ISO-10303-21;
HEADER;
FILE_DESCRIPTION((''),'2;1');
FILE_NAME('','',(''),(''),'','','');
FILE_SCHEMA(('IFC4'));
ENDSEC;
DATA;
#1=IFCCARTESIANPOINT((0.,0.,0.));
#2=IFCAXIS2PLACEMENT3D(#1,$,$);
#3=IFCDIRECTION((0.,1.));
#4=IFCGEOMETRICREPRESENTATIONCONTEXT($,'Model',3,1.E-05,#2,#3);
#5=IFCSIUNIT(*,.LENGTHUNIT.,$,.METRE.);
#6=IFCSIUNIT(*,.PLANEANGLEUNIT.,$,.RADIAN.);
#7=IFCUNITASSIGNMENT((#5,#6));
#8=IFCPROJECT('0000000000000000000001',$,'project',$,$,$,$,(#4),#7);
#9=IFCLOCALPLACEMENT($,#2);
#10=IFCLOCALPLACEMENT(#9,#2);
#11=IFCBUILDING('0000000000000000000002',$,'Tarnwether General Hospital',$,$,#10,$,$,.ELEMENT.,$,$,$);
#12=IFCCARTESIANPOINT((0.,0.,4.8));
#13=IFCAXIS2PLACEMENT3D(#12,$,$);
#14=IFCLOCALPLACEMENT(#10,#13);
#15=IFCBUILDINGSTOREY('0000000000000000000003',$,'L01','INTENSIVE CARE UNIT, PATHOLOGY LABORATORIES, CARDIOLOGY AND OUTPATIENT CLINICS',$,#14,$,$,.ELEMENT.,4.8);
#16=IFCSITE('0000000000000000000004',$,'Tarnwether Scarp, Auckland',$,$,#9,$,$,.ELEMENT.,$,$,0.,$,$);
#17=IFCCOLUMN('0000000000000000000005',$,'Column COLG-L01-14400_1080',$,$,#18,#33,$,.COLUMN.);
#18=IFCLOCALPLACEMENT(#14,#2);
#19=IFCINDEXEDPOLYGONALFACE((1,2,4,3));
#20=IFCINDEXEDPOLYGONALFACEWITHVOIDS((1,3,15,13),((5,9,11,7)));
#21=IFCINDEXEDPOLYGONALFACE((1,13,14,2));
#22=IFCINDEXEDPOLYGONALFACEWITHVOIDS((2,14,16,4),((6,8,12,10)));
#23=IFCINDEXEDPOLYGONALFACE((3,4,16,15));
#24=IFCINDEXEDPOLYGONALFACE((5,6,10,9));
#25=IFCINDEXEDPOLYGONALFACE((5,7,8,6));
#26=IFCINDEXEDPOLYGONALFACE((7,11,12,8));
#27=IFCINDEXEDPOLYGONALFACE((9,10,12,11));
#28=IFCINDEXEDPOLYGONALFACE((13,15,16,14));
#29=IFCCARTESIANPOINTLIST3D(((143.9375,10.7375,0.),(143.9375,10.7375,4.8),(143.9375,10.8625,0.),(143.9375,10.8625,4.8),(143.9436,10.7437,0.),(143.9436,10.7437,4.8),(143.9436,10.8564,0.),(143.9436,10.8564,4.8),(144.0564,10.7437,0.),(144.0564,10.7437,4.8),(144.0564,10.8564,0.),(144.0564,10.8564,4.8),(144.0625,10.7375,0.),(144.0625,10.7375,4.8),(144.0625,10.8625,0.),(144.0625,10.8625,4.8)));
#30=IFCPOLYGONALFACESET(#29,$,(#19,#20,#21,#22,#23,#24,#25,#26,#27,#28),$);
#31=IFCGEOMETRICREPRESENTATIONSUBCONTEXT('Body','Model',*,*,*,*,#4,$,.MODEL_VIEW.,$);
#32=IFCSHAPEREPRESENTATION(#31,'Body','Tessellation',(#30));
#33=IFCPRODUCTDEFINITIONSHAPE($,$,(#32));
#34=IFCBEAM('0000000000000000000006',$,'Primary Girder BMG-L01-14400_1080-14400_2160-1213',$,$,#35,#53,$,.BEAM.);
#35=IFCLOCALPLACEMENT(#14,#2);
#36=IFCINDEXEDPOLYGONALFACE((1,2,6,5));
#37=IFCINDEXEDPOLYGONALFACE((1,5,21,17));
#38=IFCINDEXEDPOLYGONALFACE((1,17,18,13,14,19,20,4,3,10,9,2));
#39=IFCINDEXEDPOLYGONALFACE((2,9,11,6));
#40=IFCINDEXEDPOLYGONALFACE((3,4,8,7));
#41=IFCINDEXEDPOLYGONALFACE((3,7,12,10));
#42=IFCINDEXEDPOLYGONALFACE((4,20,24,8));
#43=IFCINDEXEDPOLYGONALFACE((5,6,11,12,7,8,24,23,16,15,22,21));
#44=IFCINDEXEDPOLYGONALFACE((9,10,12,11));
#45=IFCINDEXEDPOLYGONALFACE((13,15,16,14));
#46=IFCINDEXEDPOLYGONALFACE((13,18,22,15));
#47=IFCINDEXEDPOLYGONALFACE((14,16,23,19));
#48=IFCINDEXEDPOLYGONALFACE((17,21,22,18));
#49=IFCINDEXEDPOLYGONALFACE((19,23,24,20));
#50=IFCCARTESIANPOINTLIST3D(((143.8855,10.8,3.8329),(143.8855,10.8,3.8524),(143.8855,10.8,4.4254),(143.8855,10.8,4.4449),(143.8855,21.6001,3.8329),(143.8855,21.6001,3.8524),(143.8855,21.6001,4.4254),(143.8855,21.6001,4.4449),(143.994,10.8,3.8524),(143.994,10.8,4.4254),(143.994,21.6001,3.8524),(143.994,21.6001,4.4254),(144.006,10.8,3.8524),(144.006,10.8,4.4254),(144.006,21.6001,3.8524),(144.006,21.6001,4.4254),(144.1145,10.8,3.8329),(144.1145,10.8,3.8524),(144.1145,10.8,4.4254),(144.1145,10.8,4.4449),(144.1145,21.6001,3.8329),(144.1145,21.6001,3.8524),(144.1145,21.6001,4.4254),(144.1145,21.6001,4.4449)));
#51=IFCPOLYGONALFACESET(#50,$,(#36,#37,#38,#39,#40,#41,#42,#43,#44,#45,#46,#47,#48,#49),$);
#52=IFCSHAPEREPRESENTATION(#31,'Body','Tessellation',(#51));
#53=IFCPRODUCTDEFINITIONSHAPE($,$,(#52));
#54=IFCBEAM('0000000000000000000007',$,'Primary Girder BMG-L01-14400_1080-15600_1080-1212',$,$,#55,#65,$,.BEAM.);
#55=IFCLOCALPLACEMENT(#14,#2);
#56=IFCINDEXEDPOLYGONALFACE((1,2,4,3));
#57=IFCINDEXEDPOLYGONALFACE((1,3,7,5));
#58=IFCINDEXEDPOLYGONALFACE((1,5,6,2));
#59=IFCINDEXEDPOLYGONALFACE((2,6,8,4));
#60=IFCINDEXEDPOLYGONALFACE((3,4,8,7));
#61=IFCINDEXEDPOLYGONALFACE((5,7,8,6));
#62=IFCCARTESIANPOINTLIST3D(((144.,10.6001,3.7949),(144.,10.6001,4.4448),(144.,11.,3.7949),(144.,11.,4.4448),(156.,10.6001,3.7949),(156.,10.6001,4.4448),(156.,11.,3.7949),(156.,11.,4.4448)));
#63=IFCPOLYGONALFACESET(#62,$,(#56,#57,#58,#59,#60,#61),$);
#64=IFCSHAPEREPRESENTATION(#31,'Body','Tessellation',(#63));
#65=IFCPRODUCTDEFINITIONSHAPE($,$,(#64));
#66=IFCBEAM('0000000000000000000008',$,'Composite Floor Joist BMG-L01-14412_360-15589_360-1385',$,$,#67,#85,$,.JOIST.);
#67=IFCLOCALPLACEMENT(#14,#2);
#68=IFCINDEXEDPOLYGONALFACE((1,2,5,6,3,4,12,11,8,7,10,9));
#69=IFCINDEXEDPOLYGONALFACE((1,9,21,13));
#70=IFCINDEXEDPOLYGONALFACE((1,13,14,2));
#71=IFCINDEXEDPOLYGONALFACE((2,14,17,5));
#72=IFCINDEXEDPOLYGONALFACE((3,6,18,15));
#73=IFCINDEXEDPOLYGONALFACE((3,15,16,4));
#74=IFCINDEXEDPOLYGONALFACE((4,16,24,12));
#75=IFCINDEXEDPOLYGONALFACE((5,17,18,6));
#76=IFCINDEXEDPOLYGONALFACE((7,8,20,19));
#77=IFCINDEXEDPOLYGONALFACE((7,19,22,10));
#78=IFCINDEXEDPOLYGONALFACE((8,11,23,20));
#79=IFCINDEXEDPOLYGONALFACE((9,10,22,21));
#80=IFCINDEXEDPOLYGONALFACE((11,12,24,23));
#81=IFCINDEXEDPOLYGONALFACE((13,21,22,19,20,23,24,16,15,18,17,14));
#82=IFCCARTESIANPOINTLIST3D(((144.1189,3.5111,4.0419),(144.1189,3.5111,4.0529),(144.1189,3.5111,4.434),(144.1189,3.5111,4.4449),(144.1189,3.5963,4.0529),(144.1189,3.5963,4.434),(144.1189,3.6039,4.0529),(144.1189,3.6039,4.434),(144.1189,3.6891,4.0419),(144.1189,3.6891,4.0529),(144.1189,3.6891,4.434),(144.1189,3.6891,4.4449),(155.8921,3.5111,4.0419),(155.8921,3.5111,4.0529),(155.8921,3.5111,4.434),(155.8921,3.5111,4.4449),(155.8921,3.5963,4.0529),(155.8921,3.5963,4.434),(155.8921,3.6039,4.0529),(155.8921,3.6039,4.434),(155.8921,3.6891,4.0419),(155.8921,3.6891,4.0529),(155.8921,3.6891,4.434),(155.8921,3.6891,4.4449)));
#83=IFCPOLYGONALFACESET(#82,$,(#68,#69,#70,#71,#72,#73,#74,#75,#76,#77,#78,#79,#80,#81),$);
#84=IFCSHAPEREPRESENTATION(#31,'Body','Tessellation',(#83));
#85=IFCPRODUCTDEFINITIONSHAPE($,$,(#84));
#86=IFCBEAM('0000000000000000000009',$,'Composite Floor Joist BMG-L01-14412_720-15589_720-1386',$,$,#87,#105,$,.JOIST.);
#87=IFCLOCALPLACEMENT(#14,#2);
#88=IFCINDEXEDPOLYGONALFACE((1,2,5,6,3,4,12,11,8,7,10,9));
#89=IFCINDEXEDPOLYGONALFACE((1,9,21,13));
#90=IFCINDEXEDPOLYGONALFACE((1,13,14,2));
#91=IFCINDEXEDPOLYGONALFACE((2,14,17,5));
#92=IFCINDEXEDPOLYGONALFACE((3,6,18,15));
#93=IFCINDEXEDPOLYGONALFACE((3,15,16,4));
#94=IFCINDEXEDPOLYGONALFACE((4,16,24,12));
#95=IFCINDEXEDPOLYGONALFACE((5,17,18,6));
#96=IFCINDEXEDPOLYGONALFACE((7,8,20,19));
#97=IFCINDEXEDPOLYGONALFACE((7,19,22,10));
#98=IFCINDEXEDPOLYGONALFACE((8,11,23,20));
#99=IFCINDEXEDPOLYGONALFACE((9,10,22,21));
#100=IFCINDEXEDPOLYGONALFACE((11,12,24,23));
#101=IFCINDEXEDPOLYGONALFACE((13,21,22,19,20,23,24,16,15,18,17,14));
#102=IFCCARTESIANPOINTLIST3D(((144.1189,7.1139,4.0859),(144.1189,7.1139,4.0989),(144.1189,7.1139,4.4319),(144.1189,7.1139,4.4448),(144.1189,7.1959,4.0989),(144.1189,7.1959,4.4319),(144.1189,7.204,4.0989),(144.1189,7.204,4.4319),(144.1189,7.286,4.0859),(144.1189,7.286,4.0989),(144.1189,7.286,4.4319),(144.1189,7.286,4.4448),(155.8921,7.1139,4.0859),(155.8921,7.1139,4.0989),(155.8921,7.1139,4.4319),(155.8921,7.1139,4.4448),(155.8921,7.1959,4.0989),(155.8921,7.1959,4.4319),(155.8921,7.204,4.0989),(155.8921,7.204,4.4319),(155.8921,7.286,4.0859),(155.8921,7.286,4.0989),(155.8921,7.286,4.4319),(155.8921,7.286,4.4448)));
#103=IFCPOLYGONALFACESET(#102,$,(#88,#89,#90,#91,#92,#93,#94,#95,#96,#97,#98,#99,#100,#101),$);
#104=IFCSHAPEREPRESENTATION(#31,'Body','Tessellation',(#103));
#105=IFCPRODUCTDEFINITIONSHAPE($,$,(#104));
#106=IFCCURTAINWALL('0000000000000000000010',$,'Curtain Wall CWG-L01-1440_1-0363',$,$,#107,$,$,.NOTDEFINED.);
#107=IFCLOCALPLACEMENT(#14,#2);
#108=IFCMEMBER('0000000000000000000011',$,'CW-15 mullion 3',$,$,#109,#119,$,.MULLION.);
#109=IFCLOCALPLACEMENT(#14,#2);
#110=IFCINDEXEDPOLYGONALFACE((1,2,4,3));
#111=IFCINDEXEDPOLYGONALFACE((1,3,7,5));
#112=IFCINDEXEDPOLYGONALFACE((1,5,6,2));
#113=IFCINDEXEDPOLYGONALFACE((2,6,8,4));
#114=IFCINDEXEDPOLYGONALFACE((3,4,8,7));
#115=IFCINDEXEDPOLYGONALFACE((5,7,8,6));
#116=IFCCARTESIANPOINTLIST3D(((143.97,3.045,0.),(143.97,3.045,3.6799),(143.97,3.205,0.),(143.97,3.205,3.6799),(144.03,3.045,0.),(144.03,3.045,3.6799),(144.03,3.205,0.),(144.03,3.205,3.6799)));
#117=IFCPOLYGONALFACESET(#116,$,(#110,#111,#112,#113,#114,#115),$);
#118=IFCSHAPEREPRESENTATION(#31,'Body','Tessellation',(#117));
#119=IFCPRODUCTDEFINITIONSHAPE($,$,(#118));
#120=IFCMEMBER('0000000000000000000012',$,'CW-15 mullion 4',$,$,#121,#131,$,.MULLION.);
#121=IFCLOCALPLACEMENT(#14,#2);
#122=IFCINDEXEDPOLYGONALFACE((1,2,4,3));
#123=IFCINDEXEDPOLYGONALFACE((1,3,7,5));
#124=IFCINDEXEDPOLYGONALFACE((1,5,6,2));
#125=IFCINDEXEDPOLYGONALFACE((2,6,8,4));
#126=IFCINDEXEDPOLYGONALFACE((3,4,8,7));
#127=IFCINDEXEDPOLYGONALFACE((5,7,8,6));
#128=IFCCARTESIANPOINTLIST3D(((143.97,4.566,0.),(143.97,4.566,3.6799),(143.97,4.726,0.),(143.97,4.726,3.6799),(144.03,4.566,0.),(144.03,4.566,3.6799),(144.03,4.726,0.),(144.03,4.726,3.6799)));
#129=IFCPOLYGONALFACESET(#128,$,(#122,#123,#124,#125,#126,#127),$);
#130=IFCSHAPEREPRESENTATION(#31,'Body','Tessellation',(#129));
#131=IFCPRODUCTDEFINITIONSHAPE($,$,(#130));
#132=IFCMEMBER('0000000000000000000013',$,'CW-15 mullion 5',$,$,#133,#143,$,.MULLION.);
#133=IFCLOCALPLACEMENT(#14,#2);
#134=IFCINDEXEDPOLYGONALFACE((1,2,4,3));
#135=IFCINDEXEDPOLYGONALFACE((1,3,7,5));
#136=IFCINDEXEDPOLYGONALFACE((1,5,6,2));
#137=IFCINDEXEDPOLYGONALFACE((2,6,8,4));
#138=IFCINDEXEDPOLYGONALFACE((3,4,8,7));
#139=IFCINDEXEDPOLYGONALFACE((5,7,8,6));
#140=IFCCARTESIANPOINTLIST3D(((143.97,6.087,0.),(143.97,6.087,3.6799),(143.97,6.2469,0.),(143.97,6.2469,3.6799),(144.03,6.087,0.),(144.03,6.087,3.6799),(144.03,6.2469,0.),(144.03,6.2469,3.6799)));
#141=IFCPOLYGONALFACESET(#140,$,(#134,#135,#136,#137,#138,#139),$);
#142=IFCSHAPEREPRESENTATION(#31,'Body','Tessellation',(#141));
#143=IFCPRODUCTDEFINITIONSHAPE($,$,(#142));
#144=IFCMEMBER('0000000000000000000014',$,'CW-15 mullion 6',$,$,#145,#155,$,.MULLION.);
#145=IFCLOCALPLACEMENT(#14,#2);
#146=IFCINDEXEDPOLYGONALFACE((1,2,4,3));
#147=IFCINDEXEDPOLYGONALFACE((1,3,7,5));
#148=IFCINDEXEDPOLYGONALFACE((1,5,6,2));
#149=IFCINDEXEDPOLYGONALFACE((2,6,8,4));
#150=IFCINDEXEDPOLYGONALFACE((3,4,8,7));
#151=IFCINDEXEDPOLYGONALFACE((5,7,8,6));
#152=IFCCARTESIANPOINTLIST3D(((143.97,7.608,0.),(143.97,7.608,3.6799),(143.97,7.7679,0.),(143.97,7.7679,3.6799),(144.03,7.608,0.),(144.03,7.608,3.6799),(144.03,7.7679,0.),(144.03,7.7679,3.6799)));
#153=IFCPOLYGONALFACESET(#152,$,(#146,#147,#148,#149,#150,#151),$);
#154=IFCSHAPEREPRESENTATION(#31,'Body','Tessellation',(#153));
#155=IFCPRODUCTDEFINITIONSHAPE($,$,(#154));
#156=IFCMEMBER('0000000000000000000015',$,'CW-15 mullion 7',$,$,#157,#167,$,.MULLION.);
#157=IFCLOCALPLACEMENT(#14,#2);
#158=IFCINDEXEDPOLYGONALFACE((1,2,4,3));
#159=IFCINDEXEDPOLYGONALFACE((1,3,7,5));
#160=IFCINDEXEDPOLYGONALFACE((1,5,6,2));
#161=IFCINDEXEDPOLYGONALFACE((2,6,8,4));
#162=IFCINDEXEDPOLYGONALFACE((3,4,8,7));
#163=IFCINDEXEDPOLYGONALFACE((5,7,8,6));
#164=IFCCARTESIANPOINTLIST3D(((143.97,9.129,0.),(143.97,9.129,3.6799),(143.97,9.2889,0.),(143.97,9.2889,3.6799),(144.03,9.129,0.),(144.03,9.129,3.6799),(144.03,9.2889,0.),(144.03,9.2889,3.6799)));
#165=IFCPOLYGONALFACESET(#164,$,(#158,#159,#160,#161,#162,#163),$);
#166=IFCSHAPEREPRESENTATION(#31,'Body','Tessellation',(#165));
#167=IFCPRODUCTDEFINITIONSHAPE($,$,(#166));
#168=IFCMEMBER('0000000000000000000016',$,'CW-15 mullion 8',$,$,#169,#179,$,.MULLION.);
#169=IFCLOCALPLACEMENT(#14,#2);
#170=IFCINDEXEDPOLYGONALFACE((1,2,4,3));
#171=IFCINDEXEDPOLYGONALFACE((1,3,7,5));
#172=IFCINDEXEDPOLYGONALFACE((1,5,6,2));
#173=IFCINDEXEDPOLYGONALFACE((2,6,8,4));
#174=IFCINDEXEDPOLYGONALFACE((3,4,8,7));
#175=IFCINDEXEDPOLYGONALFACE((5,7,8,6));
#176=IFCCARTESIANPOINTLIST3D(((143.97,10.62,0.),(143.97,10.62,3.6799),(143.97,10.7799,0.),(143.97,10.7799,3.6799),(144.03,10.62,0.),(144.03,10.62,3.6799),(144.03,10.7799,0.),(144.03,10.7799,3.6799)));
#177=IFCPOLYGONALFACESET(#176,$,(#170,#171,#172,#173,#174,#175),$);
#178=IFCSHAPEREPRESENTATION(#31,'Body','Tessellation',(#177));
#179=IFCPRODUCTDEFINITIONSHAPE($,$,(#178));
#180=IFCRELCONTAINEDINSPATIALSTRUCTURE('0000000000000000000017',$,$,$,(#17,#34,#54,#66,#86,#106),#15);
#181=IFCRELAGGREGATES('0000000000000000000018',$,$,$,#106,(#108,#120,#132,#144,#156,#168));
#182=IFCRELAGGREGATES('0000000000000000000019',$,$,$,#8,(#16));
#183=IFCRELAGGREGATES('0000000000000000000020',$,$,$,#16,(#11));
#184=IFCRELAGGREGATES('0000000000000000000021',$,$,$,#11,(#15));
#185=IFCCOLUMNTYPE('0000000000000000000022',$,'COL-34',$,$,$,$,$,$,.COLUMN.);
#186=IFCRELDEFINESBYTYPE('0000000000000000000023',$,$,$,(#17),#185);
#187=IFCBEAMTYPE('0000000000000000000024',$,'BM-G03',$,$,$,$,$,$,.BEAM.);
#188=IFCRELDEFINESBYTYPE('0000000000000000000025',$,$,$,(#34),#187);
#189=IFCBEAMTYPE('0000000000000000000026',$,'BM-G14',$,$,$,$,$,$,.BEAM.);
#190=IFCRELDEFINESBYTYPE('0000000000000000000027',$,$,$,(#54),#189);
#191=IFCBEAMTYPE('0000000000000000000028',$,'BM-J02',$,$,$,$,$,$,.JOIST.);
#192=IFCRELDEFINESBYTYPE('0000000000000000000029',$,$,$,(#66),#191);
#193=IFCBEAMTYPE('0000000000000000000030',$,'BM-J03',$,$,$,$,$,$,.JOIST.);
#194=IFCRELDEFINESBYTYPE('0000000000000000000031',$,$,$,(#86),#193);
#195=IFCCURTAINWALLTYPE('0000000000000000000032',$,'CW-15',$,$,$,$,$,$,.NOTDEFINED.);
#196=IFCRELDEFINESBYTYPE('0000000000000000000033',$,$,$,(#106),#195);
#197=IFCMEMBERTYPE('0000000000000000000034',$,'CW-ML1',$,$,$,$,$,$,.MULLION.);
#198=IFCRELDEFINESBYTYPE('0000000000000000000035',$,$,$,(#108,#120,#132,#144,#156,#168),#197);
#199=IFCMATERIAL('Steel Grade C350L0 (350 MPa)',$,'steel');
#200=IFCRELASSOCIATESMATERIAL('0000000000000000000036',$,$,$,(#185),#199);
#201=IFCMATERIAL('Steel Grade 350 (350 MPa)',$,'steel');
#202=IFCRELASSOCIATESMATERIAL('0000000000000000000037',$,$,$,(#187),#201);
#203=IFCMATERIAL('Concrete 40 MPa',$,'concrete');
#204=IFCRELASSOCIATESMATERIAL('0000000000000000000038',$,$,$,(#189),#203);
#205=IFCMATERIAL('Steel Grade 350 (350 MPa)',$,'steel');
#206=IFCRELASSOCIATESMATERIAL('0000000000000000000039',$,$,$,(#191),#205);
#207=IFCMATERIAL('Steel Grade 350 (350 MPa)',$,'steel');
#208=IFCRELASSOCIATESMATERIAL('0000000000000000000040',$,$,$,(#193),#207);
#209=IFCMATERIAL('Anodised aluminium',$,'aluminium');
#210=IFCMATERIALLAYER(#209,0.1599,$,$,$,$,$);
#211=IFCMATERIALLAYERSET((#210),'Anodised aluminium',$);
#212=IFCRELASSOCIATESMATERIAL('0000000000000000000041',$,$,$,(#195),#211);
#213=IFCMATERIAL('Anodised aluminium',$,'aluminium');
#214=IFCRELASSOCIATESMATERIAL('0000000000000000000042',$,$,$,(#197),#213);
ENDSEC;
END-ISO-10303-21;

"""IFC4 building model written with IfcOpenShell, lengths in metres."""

from ifc_helpers import new_model, si_unit, direction, frame, origin, origin_2d, place, context, subcontext, project, spatial, rectangle, hollow_rectangle, i_section, extrude, material, layer, layer_set, material_profile, profile_set, type_object, element, aggregate, save


model = new_model("IFC4")

# Units and contexts
model_context = context("Model", 3, precision=1e-05, world=origin(), true_north=direction((0.0, 1.0)))
body_context = subcontext(model_context, "Body", "Model", "MODEL_VIEW")
ifc_project = project(units=[si_unit("LENGTHUNIT", "METRE"), si_unit("PLANEANGLEUNIT", "RADIAN")], contexts=[model_context])

# Site, building, storey
site_placement = place(None, origin())
site = spatial("IfcSite", under=ifc_project, at=site_placement, Name="Tarnwether Scarp, Auckland", CompositionType="ELEMENT", RefElevation=0.0)
building_placement = place(site_placement, origin())
building = spatial("IfcBuilding", under=site, at=building_placement, Name="Tarnwether General Hospital", CompositionType="ELEMENT")
storey_placement = place(building_placement, frame((0.0, 0.0, 4.8)))
storey = spatial("IfcBuildingStorey", under=building, at=storey_placement, Name="L01", Description="INTENSIVE CARE UNIT, PATHOLOGY LABORATORIES, CARDIOLOGY AND OUTPATIENT CLINICS", CompositionType="ELEMENT", Elevation=4.8)

# Column
ifc_material_1 = material(Name="Steel Grade C350L0 (350 MPa)", Category="steel")
ifc_material_profile_1 = material_profile(ifc_material_1, hollow_rectangle(XDim=0.125, YDim=0.125, WallThickness=0.0061, at=origin_2d()), Name="SHS125x125x6")
ifc_profile_set_1 = profile_set([ifc_material_profile_1], Name="Steel Grade C350L0 (350 MPa)")
column_type = type_object("IfcColumnType", Name="COL-34", PredefinedType="COLUMN", material=ifc_profile_set_1)
column_placement = place(storey_placement, frame((144.0, 10.8, 0.0), z_axis=(0.0, 0.0, 1.0), x_axis=(1.0, 0.0, 0.0)))
element("IfcColumn", 1, at=column_placement, inside=storey, type_object=column_type, Name="Column COLG-L01-14400_1080", PredefinedType="COLUMN", context=body_context, shape_type="SweptSolid", body=[
    extrude(hollow_rectangle(XDim=0.125, YDim=0.125, WallThickness=0.0061, at=origin_2d()), origin(), (0.0, 0.0, 1.0), 4.8),
])

# Beams
ifc_material_2 = material(Name="Steel Grade 350 (350 MPa)", Category="steel")
ifc_material_profile_2 = material_profile(ifc_material_2, i_section(OverallWidth=0.229, OverallDepth=0.6121, WebThickness=0.012, FlangeThickness=0.0195, at=origin_2d()), Name="610UB125")
ifc_profile_set_2 = profile_set([ifc_material_profile_2], Name="Steel Grade 350 (350 MPa)")
beam_type_1 = type_object("IfcBeamType", Name="BM-G03", PredefinedType="BEAM", material=ifc_profile_set_2)
beam_1_placement = place(storey_placement, frame((144.0, 10.8, 4.1389), z_axis=(0.0, 1.0, 0.0), x_axis=(-1.0, 0.0, 0.0)))
element("IfcBeam", 2, at=beam_1_placement, inside=storey, type_object=beam_type_1, Name="Primary Girder BMG-L01-14400_1080-14400_2160-1213", PredefinedType="BEAM", context=body_context, shape_type="SweptSolid", body=[
    extrude(i_section(OverallWidth=0.229, OverallDepth=0.6121, WebThickness=0.012, FlangeThickness=0.0195, at=origin_2d()), origin(), (0.0, 0.0, 1.0), 10.8),
])
ifc_material_3 = material(Name="Concrete 40 MPa", Category="concrete")
ifc_material_profile_3 = material_profile(ifc_material_3, rectangle(XDim=0.3999, YDim=0.6499, at=origin_2d()), Name="RC-BM-400x650")
ifc_profile_set_3 = profile_set([ifc_material_profile_3], Name="Concrete 40 MPa")
beam_type_2 = type_object("IfcBeamType", Name="BM-G14", PredefinedType="BEAM", material=ifc_profile_set_3)
beam_2_placement = place(storey_placement, frame((144.0, 10.8, 4.1199), z_axis=(1.0, 0.0, 0.0), x_axis=(0.0, 1.0, 0.0)))
element("IfcBeam", 3, at=beam_2_placement, inside=storey, type_object=beam_type_2, Name="Primary Girder BMG-L01-14400_1080-15600_1080-1212", PredefinedType="BEAM", context=body_context, shape_type="SweptSolid", body=[
    extrude(rectangle(XDim=0.3999, YDim=0.6499, at=origin_2d()), origin(), (0.0, 0.0, 1.0), 12.0),
])
ifc_material_4 = material(Name="Steel Grade 350 (350 MPa)", Category="steel")
ifc_material_profile_4 = material_profile(ifc_material_4, i_section(OverallWidth=0.178, OverallDepth=0.4031, WebThickness=0.0076, FlangeThickness=0.011, at=origin_2d()), Name="410UB53.7")
ifc_profile_set_4 = profile_set([ifc_material_profile_4], Name="Steel Grade 350 (350 MPa)")
beam_type_3 = type_object("IfcBeamType", Name="BM-J02", PredefinedType="JOIST", material=ifc_profile_set_4)
beam_3_placement = place(storey_placement, frame((144.1189, 3.6001, 4.2434), z_axis=(1.0, 0.0, 0.0), x_axis=(0.0, 1.0, 0.0)))
element("IfcBeam", 4, at=beam_3_placement, inside=storey, type_object=beam_type_3, Name="Composite Floor Joist BMG-L01-14412_360-15589_360-1385", PredefinedType="JOIST", context=body_context, shape_type="SweptSolid", body=[
    extrude(i_section(OverallWidth=0.178, OverallDepth=0.4031, WebThickness=0.0076, FlangeThickness=0.011, at=origin_2d()), origin(), (0.0, 0.0, 1.0), 11.7732),
])
ifc_material_5 = material(Name="Steel Grade 350 (350 MPa)", Category="steel")
ifc_material_profile_5 = material_profile(ifc_material_5, i_section(OverallWidth=0.1721, OverallDepth=0.3589, WebThickness=0.0081, FlangeThickness=0.0129, at=origin_2d()), Name="360UB56.7")
ifc_profile_set_5 = profile_set([ifc_material_profile_5], Name="Steel Grade 350 (350 MPa)")
beam_type_4 = type_object("IfcBeamType", Name="BM-J03", PredefinedType="JOIST", material=ifc_profile_set_5)
beam_4_placement = place(storey_placement, frame((144.1189, 7.2, 4.2654), z_axis=(1.0, 0.0, 0.0), x_axis=(0.0, 1.0, 0.0)))
element("IfcBeam", 5, at=beam_4_placement, inside=storey, type_object=beam_type_4, Name="Composite Floor Joist BMG-L01-14412_720-15589_720-1386", PredefinedType="JOIST", context=body_context, shape_type="SweptSolid", body=[
    extrude(i_section(OverallWidth=0.1721, OverallDepth=0.3589, WebThickness=0.0081, FlangeThickness=0.0129, at=origin_2d()), origin(), (0.0, 0.0, 1.0), 11.7732),
])

# Curtain wall, members
ifc_material_6 = material(Name="Anodised aluminium", Category="aluminium")
ifc_layer_1 = layer(ifc_material_6, 0.1599)
ifc_layer_set_1 = layer_set([ifc_layer_1], Name="Anodised aluminium")
curtain_wall_type = type_object("IfcCurtainWallType", Name="CW-15", PredefinedType="NOTDEFINED", material=ifc_layer_set_1)
curtain_wall_1_placement = place(storey_placement, origin())
curtain_wall_1 = element("IfcCurtainWall", 6, at=curtain_wall_1_placement, inside=storey, type_object=curtain_wall_type, Name="Curtain Wall CWG-L01-1440_1-0363", PredefinedType="NOTDEFINED")
ifc_material_7 = material(Name="Anodised aluminium", Category="aluminium")
ifc_material_profile_6 = material_profile(ifc_material_7, rectangle(XDim=0.0601, YDim=0.1599, at=origin_2d()), Name="ALU-MUL-60x160")
ifc_profile_set_6 = profile_set([ifc_material_profile_6], Name="Anodised aluminium")
member_type_1 = type_object("IfcMemberType", Name="CW-ML1", PredefinedType="MULLION", material=ifc_profile_set_6)
member_1_placement = place(storey_placement, frame((144.0, 3.125, 0.0), z_axis=(0.0, 0.0, 1.0), x_axis=(-1.0, 0.0, 0.0)))
member_1 = element("IfcMember", 7, at=member_1_placement, type_object=member_type_1, Name="CW-15 mullion 3", PredefinedType="MULLION", context=body_context, shape_type="SweptSolid", body=[
    extrude(rectangle(XDim=0.0601, YDim=0.1599, at=origin_2d()), origin(), (0.0, 0.0, 1.0), 3.6799),
])
member_2_placement = place(storey_placement, frame((144.0, 4.646, 0.0), z_axis=(0.0, 0.0, 1.0), x_axis=(-1.0, 0.0, 0.0)))
member_2 = element("IfcMember", 8, at=member_2_placement, type_object=member_type_1, Name="CW-15 mullion 4", PredefinedType="MULLION", context=body_context, shape_type="SweptSolid", body=[
    extrude(rectangle(XDim=0.0601, YDim=0.1599, at=origin_2d()), origin(), (0.0, 0.0, 1.0), 3.6799),
])
member_3_placement = place(storey_placement, frame((144.0, 6.167, 0.0), z_axis=(0.0, 0.0, 1.0), x_axis=(-1.0, 0.0, 0.0)))
member_3 = element("IfcMember", 9, at=member_3_placement, type_object=member_type_1, Name="CW-15 mullion 5", PredefinedType="MULLION", context=body_context, shape_type="SweptSolid", body=[
    extrude(rectangle(XDim=0.0601, YDim=0.1599, at=origin_2d()), origin(), (0.0, 0.0, 1.0), 3.6799),
])
member_4_placement = place(storey_placement, frame((144.0, 7.688, 0.0), z_axis=(0.0, 0.0, 1.0), x_axis=(-1.0, 0.0, 0.0)))
member_4 = element("IfcMember", 10, at=member_4_placement, type_object=member_type_1, Name="CW-15 mullion 6", PredefinedType="MULLION", context=body_context, shape_type="SweptSolid", body=[
    extrude(rectangle(XDim=0.0601, YDim=0.1599, at=origin_2d()), origin(), (0.0, 0.0, 1.0), 3.6799),
])
member_5_placement = place(storey_placement, frame((144.0, 9.209, 0.0), z_axis=(0.0, 0.0, 1.0), x_axis=(-1.0, 0.0, 0.0)))
member_5 = element("IfcMember", 11, at=member_5_placement, type_object=member_type_1, Name="CW-15 mullion 7", PredefinedType="MULLION", context=body_context, shape_type="SweptSolid", body=[
    extrude(rectangle(XDim=0.0601, YDim=0.1599, at=origin_2d()), origin(), (0.0, 0.0, 1.0), 3.6799),
])
member_6_placement = place(storey_placement, frame((144.0, 10.7, 0.0), z_axis=(0.0, 0.0, 1.0), x_axis=(-1.0, 0.0, 0.0)))
member_6 = element("IfcMember", 12, at=member_6_placement, type_object=member_type_1, Name="CW-15 mullion 8", PredefinedType="MULLION", context=body_context, shape_type="SweptSolid", body=[
    extrude(rectangle(XDim=0.0601, YDim=0.1599, at=origin_2d()), origin(), (0.0, 0.0, 1.0), 3.6799),
])

aggregate(curtain_wall_1, [member_1, member_2, member_3, member_4, member_5, member_6])

save(model, "model.ifc")
